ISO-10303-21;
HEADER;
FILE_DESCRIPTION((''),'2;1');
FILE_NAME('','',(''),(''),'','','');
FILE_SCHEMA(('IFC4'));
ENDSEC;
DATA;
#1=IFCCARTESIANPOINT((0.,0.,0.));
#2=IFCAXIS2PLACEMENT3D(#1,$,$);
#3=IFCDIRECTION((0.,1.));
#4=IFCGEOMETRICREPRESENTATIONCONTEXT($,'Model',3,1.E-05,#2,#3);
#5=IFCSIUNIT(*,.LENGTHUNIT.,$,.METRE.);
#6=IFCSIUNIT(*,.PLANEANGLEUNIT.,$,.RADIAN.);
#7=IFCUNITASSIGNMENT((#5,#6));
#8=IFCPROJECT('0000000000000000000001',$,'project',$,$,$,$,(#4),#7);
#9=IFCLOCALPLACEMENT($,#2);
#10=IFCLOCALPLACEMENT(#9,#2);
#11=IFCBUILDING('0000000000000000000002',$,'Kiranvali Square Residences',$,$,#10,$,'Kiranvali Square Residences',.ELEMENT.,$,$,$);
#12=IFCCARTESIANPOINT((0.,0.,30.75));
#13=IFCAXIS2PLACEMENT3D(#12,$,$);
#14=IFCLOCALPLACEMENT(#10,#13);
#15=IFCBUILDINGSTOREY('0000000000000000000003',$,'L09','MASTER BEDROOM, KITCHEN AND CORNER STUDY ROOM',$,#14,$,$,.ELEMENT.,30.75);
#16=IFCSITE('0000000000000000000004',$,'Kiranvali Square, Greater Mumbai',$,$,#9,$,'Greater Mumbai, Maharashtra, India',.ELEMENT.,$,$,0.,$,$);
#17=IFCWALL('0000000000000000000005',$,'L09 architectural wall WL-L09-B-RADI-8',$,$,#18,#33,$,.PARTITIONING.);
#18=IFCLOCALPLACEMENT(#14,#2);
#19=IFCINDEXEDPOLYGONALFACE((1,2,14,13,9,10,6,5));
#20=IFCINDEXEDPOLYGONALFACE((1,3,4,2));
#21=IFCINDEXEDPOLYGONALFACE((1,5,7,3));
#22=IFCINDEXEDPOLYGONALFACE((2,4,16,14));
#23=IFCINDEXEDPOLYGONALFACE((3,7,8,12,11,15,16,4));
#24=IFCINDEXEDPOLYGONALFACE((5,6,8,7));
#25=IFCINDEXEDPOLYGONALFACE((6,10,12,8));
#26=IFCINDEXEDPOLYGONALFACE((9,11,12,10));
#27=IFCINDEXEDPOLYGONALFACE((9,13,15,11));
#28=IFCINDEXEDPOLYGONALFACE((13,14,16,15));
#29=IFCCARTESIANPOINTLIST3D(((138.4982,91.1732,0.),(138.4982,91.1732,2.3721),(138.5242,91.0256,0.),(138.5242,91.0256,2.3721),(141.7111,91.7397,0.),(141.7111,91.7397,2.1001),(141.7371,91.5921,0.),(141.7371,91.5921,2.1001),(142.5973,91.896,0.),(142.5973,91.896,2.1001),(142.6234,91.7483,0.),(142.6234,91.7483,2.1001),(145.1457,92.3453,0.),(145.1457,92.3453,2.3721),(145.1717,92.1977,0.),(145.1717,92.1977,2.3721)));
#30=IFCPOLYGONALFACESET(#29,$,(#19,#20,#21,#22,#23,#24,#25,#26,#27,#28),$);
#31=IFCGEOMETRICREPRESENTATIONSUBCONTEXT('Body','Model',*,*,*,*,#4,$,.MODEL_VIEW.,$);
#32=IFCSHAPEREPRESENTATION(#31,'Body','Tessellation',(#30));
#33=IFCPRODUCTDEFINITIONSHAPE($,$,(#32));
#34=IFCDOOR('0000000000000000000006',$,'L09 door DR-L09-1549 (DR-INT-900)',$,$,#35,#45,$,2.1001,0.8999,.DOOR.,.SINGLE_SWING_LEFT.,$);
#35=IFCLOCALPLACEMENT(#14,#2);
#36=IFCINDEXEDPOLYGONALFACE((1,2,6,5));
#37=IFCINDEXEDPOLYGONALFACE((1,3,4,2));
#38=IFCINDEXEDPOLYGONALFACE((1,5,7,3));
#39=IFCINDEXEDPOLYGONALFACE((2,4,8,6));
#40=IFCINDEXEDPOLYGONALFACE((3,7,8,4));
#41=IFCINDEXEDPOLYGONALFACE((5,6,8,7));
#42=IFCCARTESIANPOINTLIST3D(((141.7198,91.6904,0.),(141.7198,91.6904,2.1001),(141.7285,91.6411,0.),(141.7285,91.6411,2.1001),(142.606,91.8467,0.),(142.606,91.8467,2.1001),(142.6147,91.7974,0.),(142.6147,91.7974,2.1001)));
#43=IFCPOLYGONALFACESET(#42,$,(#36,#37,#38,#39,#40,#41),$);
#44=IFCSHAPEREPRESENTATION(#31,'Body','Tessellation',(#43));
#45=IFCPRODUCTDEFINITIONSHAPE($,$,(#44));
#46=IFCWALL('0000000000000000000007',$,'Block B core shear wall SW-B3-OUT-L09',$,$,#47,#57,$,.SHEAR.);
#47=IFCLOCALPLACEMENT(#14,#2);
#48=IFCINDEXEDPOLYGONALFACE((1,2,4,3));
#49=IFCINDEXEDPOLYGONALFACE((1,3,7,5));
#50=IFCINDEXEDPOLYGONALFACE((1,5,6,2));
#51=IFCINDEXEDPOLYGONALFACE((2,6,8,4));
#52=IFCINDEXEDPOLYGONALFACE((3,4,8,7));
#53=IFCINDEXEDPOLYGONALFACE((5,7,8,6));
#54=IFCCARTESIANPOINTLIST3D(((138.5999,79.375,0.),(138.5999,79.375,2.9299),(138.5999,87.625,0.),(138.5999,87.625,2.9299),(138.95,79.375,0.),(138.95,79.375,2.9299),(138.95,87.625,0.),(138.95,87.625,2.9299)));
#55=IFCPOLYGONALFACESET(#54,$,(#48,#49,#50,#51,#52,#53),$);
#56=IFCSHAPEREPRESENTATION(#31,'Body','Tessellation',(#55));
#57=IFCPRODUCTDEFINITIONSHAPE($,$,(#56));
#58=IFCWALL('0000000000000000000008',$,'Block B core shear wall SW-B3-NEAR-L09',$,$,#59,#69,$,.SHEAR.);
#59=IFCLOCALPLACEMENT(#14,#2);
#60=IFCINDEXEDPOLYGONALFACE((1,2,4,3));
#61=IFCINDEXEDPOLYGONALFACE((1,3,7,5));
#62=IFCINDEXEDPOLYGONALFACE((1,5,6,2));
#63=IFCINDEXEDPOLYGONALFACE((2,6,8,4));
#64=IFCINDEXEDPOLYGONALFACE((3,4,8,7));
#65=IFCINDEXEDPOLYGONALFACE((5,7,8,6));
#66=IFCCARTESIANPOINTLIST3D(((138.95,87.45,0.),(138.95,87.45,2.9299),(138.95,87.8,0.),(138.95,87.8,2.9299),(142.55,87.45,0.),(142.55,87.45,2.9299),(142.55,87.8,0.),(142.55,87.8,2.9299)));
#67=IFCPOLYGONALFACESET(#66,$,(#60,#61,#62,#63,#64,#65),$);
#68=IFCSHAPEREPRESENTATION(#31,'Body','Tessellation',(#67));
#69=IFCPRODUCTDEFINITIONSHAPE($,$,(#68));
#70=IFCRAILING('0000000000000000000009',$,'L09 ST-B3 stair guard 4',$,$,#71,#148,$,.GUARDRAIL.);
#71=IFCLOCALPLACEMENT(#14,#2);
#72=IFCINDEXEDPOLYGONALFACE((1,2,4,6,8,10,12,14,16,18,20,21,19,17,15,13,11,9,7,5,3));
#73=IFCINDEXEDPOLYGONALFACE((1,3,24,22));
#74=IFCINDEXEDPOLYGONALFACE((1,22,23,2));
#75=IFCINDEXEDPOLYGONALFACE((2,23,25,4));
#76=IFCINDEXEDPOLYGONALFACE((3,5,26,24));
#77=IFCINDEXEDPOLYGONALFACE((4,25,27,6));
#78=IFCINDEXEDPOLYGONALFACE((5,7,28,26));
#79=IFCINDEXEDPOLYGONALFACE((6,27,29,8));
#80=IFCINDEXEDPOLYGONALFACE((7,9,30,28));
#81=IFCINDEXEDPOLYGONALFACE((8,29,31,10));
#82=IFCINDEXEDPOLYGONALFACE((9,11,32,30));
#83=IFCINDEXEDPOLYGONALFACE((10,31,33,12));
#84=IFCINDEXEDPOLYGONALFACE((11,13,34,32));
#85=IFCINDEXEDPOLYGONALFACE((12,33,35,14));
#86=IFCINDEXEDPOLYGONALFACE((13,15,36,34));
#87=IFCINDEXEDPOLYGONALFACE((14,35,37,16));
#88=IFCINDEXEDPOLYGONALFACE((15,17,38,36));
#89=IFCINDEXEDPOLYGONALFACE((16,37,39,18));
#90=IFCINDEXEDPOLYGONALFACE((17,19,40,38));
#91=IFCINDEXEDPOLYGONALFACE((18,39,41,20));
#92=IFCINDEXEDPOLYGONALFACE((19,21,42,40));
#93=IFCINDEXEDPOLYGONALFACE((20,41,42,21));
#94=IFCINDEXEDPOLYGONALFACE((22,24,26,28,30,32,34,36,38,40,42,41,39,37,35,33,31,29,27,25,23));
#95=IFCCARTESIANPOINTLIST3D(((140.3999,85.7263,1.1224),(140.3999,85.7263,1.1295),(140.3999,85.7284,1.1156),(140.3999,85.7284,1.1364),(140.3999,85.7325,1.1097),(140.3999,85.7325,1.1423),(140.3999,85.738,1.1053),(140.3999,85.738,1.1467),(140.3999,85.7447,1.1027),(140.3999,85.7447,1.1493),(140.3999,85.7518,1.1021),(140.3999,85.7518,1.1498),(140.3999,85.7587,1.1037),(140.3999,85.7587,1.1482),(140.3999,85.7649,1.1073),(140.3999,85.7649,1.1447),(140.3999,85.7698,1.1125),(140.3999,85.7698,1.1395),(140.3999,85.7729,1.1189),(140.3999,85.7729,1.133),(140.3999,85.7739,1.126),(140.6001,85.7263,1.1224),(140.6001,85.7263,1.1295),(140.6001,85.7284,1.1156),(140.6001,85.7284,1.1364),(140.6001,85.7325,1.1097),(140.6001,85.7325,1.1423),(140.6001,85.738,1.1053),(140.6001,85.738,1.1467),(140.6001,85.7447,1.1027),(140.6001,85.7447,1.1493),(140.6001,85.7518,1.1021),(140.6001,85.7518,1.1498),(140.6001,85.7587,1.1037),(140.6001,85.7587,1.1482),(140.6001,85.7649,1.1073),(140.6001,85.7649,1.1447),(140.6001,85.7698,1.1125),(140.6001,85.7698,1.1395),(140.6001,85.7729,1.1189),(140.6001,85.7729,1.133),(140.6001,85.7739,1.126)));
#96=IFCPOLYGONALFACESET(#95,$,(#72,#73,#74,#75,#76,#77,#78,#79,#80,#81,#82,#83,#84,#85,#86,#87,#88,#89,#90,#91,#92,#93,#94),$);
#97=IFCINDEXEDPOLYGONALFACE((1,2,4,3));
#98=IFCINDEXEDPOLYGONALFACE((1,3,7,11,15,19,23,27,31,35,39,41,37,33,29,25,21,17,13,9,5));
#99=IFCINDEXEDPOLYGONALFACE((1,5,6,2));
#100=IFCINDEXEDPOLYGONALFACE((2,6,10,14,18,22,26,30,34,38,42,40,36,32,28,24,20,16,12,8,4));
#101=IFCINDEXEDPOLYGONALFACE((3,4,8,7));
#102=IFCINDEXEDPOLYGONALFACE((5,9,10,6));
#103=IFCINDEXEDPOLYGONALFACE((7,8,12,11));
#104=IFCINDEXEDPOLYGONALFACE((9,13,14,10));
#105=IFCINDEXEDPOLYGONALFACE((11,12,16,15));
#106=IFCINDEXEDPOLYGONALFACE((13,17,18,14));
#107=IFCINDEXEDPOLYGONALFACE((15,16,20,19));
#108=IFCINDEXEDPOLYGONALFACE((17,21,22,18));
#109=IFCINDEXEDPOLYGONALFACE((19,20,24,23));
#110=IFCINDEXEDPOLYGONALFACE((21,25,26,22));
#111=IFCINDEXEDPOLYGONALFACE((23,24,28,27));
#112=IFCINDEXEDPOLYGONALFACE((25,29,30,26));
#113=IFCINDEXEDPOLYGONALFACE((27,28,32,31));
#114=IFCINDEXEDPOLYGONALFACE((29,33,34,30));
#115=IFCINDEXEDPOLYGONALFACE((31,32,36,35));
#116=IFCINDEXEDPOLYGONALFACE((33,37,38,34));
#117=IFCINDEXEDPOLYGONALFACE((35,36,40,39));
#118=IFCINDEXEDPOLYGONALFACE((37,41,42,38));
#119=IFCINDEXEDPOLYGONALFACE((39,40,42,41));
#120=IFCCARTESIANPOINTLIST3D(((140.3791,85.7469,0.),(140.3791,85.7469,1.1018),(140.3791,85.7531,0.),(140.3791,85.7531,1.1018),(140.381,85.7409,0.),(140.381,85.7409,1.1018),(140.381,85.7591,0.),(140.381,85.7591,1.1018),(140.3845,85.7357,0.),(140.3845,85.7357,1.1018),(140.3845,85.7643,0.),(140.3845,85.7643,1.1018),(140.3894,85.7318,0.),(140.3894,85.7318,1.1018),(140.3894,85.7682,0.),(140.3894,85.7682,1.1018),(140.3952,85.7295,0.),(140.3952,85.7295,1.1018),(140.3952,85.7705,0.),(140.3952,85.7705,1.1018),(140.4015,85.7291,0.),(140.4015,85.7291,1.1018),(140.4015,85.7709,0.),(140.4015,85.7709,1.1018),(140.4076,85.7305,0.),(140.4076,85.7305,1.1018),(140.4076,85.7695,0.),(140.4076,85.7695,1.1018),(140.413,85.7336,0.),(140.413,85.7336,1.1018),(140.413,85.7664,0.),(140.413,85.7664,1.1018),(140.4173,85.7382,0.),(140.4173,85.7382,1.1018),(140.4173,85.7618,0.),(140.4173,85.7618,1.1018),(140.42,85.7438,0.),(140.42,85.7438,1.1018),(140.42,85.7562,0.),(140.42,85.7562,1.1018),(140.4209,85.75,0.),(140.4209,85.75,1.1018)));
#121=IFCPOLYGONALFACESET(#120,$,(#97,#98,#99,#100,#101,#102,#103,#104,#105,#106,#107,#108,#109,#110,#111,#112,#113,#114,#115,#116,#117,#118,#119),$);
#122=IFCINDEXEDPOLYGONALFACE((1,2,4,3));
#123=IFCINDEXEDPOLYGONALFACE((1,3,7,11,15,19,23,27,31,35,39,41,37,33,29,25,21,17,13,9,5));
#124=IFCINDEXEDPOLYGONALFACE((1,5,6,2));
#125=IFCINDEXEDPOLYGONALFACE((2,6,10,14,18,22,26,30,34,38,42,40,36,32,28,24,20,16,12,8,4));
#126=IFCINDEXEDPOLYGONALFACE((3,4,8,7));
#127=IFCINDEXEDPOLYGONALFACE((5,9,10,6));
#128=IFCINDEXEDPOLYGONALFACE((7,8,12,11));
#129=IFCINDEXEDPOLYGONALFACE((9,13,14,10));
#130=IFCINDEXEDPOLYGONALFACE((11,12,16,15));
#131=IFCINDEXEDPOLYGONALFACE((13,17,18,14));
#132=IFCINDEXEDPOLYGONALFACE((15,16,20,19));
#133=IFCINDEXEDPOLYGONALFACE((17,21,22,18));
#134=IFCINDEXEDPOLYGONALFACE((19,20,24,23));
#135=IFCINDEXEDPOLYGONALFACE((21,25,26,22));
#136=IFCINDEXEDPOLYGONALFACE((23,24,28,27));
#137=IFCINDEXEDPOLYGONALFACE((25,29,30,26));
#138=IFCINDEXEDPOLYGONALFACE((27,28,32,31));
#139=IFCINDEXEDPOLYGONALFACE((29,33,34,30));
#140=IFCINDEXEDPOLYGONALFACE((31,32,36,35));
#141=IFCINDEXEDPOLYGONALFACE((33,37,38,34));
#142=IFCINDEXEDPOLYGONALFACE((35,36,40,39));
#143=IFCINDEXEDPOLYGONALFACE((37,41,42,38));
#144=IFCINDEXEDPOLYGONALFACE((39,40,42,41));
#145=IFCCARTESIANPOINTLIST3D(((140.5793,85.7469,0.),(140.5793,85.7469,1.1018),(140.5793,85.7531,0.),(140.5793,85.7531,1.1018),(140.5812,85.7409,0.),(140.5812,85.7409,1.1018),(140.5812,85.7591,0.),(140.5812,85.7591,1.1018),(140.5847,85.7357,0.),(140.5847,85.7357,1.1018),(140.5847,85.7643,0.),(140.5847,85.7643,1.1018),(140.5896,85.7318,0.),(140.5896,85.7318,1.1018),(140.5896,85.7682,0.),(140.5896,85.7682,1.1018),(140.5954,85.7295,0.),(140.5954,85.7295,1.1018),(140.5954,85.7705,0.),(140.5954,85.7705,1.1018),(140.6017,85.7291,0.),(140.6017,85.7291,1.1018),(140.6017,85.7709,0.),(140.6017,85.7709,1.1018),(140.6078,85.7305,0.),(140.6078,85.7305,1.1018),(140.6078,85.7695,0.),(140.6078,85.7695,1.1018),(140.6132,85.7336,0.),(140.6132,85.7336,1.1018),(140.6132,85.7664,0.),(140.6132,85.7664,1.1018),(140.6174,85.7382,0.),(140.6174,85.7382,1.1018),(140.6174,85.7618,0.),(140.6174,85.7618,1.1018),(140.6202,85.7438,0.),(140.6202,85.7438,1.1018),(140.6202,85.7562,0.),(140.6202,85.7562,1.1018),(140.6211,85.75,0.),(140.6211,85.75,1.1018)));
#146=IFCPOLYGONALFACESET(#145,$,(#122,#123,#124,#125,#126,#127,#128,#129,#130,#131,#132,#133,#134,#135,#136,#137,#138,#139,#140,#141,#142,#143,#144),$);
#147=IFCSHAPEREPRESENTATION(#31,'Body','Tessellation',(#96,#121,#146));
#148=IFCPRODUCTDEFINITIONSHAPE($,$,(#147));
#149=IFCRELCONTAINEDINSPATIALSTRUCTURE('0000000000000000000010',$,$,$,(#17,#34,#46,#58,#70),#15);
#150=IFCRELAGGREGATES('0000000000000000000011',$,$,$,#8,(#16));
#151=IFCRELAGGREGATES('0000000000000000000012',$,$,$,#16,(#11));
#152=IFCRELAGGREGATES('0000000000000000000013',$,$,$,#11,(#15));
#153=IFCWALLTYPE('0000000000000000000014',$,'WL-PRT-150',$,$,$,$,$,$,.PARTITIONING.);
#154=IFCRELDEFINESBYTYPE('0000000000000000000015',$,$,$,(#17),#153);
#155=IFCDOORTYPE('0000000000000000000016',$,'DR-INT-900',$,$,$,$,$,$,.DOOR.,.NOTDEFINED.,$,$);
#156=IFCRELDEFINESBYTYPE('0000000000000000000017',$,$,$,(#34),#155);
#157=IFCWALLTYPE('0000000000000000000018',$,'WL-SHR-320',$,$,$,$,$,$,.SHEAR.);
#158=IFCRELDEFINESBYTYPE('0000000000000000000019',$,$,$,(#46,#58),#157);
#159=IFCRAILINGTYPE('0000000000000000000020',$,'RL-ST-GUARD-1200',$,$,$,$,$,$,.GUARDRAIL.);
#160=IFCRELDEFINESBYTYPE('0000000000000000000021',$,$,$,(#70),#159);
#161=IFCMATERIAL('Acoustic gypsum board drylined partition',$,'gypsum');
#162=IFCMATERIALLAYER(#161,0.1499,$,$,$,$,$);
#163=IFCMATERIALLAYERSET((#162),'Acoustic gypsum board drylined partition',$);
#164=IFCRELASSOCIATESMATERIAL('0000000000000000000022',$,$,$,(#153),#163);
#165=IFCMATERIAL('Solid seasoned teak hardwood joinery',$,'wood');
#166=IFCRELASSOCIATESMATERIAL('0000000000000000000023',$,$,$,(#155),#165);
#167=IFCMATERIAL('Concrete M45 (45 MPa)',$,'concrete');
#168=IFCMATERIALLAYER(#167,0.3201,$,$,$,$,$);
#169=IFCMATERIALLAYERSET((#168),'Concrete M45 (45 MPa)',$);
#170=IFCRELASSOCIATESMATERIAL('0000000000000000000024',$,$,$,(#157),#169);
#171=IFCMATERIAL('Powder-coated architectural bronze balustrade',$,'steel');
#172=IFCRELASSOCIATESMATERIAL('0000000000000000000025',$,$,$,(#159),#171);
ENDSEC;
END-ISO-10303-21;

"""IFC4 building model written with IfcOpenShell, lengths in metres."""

from ifc_helpers import new_model, si_unit, direction, frame, frame_2d, origin, origin_2d, place, context, subcontext, project, spatial, rectangle, circle, extrude, material, layer, layer_set, type_object, element, fill, save


model = new_model("IFC4")

# Units and contexts
model_context = context("Model", 3, precision=1e-05, world=origin(), true_north=direction((0.0, 1.0)))
body_context = subcontext(model_context, "Body", "Model", "MODEL_VIEW")
ifc_project = project(units=[si_unit("LENGTHUNIT", "METRE"), si_unit("PLANEANGLEUNIT", "RADIAN")], contexts=[model_context])

# Site, building, storey
site_placement = place(None, origin())
site = spatial("IfcSite", under=ifc_project, at=site_placement, Name="Kiranvali Square, Greater Mumbai", LongName="Greater Mumbai, Maharashtra, India", CompositionType="ELEMENT", RefElevation=0.0)
building_placement = place(site_placement, origin())
building = spatial("IfcBuilding", under=site, at=building_placement, Name="Kiranvali Square Residences", LongName="Kiranvali Square Residences", CompositionType="ELEMENT")
storey_placement = place(building_placement, frame((0.0, 0.0, 30.75)))
storey = spatial("IfcBuildingStorey", under=building, at=storey_placement, Name="L09", Description="MASTER BEDROOM, KITCHEN AND CORNER STUDY ROOM", CompositionType="ELEMENT", Elevation=30.75)

# Shared definitions
ifc_material_1 = material(Name="Concrete M45 (45 MPa)", Category="concrete")

# Wall, opening, door
ifc_material_2 = material(Name="Acoustic gypsum board drylined partition", Category="gypsum")
ifc_layer_1 = layer(ifc_material_2, 0.1499)
ifc_layer_set_1 = layer_set([ifc_layer_1], Name="Acoustic gypsum board drylined partition")
wall_type_1 = type_object("IfcWallType", Name="WL-PRT-150", PredefinedType="PARTITIONING", material=ifc_layer_set_1)
wall_1_placement = place(storey_placement, frame((138.5112, 91.0994, 0.0), z_axis=(0.0, 0.0, 1.0), x_axis=(0.984808, 0.173647, 0.0)))
wall_1 = element("IfcWall", 1, at=wall_1_placement, inside=storey, type_object=wall_type_1, Name="L09 architectural wall WL-L09-B-RADI-8", PredefinedType="PARTITIONING", context=body_context, shape_type="SweptSolid", body=[
    extrude(rectangle(XDim=6.75, YDim=0.1499, at=frame_2d((3.375, 0.0))), origin(), (0.0, 0.0, 1.0), 2.3721),
])
opening_1_placement = place(wall_1_placement, frame((3.2625, 0.0, 0.0)))
opening_1 = element("IfcOpeningElement", 2, at=opening_1_placement, cuts=wall_1, PredefinedType="OPENING", context=body_context, shape_type="SweptSolid", body=[
    extrude(rectangle(XDim=0.8999, YDim=2.1001, at=frame_2d((0.45, 1.05))), frame((0.0, 0.085, 0.0), z_axis=(0.0, -1.0, 0.0), x_axis=(1.0, 0.0, 0.0)), (0.0, 0.0, 1.0), 0.1699),
])
ifc_material_3 = material(Name="Solid seasoned teak hardwood joinery", Category="wood")
door_type_1 = type_object("IfcDoorType", Name="DR-INT-900", OperationType="NOTDEFINED", PredefinedType="DOOR", material=ifc_material_3)
door_1_placement = place(opening_1_placement, origin())
door_1 = element("IfcDoor", 3, at=door_1_placement, inside=storey, type_object=door_type_1, Name="L09 door DR-L09-1549 (DR-INT-900)", OperationType="SINGLE_SWING_LEFT", OverallHeight=2.1001, OverallWidth=0.8999, PredefinedType="DOOR", context=body_context, shape_type="SweptSolid", body=[
    extrude(rectangle(XDim=0.8999, YDim=2.1001, at=frame_2d((0.45, 1.05))), frame((0.0, 0.0249, 0.0), z_axis=(0.0, -1.0, 0.0), x_axis=(1.0, 0.0, 0.0)), (0.0, 0.0, 1.0), 0.05),
])
fill(opening_1, door_1)

# Wall
ifc_layer_2 = layer(ifc_material_1, 0.3201)
ifc_layer_set_2 = layer_set([ifc_layer_2], Name="Concrete M45 (45 MPa)")
wall_type_2 = type_object("IfcWallType", Name="WL-SHR-320", PredefinedType="SHEAR", material=ifc_layer_set_2)
wall_2_placement = place(storey_placement, frame((138.7749, 87.625, 0.0), z_axis=(0.0, 0.0, 1.0), x_axis=(0.0, -1.0, 0.0)))
element("IfcWall", 4, at=wall_2_placement, inside=storey, type_object=wall_type_2, Name="Block B core shear wall SW-B3-OUT-L09", PredefinedType="SHEAR", context=body_context, shape_type="SweptSolid", body=[
    extrude(rectangle(XDim=8.25, YDim=0.3501, at=frame_2d((4.125, 0.0))), origin(), (0.0, 0.0, 1.0), 2.9299),
])

# Wall
wall_3_placement = place(storey_placement, frame((138.95, 87.625, 0.0), z_axis=(0.0, 0.0, 1.0), x_axis=(1.0, 0.0, 0.0)))
element("IfcWall", 5, at=wall_3_placement, inside=storey, type_object=wall_type_2, Name="Block B core shear wall SW-B3-NEAR-L09", PredefinedType="SHEAR", context=body_context, shape_type="SweptSolid", body=[
    extrude(rectangle(XDim=3.6001, YDim=0.3501, at=frame_2d((1.8, 0.0))), origin(), (0.0, 0.0, 1.0), 2.9299),
])

# Railing
ifc_material_4 = material(Name="Powder-coated architectural bronze balustrade", Category="steel")
railing_type = type_object("IfcRailingType", Name="RL-ST-GUARD-1200", PredefinedType="GUARDRAIL", material=ifc_material_4)
railing_placement = place(storey_placement, frame((140.3999, 85.75, 0.0)))
element("IfcRailing", 6, at=railing_placement, inside=storey, type_object=railing_type, Name="L09 ST-B3 stair guard 4", PredefinedType="GUARDRAIL", context=body_context, shape_type="SweptSolid", body=[
    extrude(circle(Radius=0.0239, at=origin_2d()), frame((0.0, 0.0, 1.126), z_axis=(1.0, 0.0, 0.0), x_axis=(0.0, 1.0, 0.0)), (0.0, 0.0, 1.0), 0.2002),
    extrude(circle(Radius=0.021, at=origin_2d()), origin(), (0.0, 0.0, 1.0), 1.1018),
    extrude(circle(Radius=0.021, at=origin_2d()), frame((0.2002, 0.0, 0.0)), (0.0, 0.0, 1.0), 1.1018),
])

save(model, "model.ifc")
